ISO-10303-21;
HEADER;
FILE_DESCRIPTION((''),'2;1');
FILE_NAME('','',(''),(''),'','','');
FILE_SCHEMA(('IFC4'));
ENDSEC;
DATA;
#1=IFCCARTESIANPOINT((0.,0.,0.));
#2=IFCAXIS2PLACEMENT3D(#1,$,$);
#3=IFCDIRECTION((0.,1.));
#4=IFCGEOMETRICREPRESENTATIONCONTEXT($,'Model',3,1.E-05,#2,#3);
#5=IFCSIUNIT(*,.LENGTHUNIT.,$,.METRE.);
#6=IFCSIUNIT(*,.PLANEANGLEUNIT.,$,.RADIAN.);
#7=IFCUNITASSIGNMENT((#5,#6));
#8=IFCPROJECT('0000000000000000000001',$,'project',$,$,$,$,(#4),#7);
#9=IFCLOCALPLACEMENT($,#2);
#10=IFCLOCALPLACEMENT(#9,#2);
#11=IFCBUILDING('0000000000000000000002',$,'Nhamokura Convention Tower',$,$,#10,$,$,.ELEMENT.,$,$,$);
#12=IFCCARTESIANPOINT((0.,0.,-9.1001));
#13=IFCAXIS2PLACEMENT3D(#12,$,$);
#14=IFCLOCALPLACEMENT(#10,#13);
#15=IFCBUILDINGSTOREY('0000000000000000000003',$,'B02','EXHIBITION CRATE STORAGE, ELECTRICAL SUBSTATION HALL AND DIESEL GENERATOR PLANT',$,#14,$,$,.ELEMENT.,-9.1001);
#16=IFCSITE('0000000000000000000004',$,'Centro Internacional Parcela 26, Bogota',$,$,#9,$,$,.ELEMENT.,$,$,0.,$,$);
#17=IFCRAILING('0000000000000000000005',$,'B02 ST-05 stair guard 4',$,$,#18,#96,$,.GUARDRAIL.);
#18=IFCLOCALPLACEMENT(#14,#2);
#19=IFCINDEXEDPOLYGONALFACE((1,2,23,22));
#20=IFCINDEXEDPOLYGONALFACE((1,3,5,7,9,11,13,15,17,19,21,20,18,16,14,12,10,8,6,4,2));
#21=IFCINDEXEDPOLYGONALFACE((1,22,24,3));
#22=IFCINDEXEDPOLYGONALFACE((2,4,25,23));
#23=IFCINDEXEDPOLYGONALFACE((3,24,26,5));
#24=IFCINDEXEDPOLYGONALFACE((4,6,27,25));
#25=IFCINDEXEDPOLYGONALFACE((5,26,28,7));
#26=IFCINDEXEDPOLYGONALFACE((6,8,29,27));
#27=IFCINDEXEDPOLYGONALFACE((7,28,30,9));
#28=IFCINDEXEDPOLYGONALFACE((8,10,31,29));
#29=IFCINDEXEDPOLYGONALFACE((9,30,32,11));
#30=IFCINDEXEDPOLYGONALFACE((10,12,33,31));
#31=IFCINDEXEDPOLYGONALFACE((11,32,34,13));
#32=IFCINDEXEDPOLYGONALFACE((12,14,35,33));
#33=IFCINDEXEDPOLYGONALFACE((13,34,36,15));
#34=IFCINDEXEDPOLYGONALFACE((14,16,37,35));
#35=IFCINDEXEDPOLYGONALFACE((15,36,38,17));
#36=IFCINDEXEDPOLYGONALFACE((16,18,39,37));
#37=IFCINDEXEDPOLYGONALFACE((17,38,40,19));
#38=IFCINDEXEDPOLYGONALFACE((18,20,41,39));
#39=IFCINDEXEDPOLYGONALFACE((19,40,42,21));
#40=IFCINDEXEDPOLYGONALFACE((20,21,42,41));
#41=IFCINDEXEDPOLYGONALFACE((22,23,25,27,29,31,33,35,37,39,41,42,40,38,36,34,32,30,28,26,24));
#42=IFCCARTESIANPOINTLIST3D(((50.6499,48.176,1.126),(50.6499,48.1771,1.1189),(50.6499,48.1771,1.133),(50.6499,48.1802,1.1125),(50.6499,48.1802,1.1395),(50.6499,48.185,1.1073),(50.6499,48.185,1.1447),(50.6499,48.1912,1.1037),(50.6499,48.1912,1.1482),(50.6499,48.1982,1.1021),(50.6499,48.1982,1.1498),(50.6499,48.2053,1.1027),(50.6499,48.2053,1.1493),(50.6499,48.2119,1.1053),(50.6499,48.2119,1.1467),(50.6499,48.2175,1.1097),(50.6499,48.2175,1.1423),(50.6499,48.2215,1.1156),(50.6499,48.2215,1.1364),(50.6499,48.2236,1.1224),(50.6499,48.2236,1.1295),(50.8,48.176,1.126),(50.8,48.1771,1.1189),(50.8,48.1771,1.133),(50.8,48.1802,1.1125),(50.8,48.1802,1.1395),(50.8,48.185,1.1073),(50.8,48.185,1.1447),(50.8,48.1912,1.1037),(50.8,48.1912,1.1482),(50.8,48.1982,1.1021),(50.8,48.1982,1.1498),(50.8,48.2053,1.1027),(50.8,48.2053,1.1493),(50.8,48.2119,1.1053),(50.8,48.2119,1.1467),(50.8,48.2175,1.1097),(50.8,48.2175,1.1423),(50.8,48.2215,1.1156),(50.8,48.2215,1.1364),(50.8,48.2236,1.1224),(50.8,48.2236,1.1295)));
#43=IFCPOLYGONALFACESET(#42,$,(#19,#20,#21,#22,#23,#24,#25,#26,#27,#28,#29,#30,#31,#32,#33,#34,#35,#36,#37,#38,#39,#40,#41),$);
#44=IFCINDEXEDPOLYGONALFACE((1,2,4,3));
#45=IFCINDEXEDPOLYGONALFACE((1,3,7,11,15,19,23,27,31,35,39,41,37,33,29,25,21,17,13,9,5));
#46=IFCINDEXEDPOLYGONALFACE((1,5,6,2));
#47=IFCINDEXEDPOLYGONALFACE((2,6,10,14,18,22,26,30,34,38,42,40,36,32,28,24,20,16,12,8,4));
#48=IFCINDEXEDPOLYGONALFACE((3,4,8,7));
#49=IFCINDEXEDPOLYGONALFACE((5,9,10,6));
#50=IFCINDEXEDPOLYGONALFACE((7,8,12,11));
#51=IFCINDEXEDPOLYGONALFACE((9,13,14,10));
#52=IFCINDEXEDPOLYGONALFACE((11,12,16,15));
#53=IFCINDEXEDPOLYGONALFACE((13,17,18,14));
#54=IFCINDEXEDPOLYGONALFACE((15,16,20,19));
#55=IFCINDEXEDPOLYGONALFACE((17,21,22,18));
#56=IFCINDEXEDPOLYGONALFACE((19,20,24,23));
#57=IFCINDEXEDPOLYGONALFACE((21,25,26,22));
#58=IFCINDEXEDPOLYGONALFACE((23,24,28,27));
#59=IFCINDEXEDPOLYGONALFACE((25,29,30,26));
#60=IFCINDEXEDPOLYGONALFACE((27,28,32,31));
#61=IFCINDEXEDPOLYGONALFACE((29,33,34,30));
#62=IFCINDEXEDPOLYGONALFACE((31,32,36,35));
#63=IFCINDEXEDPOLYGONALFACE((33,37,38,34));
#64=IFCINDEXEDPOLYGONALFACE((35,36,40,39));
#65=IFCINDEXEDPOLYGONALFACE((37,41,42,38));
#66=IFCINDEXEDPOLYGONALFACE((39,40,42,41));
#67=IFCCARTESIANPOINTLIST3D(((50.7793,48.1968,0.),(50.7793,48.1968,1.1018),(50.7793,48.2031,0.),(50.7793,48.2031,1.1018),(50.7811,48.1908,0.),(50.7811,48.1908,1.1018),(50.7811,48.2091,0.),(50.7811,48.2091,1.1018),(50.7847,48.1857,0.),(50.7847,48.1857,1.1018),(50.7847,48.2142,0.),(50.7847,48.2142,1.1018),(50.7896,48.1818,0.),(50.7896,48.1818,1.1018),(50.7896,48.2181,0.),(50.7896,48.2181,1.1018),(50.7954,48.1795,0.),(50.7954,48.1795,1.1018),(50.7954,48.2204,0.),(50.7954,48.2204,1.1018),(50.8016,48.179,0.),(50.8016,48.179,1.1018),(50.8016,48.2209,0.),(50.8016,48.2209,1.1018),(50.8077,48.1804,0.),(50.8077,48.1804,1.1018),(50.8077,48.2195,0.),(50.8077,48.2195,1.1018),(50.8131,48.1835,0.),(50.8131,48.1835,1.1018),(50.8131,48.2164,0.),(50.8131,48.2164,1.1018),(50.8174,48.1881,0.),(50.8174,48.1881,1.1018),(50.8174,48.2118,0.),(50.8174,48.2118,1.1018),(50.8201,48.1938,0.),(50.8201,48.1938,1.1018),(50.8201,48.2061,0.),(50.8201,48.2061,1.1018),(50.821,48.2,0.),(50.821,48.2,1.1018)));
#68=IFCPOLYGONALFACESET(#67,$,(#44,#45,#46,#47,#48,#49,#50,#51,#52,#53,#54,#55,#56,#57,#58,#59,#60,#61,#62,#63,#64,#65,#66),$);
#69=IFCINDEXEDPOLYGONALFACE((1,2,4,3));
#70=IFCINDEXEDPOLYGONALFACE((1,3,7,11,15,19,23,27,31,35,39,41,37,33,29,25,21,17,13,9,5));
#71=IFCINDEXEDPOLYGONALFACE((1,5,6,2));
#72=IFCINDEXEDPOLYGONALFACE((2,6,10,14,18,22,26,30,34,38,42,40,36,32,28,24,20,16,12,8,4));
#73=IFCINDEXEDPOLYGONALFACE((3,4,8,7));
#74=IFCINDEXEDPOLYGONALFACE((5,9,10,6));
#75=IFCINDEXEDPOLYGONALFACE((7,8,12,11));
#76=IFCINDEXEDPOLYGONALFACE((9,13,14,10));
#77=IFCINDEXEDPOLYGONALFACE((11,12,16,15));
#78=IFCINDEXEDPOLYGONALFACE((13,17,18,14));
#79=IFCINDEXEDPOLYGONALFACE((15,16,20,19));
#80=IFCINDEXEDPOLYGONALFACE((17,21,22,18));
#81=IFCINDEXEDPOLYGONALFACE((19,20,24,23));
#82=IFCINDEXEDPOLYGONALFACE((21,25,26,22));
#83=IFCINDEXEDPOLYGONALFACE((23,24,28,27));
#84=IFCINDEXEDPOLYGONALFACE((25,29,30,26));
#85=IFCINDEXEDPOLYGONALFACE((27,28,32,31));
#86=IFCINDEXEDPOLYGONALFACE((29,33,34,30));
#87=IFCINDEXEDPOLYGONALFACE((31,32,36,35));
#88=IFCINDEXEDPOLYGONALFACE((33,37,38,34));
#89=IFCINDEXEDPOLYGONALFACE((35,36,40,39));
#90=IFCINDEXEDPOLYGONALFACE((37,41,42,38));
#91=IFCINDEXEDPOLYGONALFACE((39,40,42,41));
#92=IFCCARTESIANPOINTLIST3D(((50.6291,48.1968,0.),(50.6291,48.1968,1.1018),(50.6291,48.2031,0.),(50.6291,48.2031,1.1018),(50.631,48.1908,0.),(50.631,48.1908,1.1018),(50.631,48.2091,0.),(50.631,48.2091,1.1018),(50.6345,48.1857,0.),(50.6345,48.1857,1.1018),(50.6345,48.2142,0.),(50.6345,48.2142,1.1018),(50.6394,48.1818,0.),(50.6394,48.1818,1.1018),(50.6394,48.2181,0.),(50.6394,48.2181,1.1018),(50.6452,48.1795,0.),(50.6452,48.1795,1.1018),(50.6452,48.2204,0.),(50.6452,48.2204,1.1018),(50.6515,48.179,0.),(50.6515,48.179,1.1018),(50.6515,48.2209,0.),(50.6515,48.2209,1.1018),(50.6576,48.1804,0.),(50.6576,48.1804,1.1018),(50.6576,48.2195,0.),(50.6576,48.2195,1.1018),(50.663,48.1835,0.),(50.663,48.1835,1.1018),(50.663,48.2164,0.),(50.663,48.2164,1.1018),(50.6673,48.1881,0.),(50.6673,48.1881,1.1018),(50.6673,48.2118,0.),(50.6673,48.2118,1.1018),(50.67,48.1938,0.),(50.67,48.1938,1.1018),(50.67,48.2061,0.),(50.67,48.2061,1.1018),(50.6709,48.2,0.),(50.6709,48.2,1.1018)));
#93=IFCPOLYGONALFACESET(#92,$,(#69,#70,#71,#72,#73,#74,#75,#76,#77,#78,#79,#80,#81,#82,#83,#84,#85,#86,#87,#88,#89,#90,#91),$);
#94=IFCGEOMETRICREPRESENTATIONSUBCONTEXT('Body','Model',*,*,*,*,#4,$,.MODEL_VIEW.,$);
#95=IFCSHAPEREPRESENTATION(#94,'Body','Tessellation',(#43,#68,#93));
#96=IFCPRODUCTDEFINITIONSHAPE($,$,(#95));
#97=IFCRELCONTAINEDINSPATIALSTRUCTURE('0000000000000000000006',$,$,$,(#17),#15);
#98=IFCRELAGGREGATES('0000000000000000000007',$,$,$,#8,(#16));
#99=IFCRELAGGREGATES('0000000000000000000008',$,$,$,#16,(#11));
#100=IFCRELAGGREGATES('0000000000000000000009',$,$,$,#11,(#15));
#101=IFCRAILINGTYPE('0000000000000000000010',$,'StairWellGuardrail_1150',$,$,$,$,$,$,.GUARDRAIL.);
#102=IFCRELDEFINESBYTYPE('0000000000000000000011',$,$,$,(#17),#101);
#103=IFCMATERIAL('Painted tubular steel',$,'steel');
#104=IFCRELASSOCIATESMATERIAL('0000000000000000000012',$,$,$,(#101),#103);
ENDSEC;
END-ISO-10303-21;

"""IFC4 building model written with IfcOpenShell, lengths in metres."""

from ifc_helpers import new_model, si_unit, direction, frame, origin, origin_2d, place, context, subcontext, project, spatial, circle, extrude, material, type_object, element, save


model = new_model("IFC4")

# Units and contexts
model_context = context("Model", 3, precision=1e-05, world=origin(), true_north=direction((0.0, 1.0)))
body_context = subcontext(model_context, "Body", "Model", "MODEL_VIEW")
ifc_project = project(units=[si_unit("LENGTHUNIT", "METRE"), si_unit("PLANEANGLEUNIT", "RADIAN")], contexts=[model_context])

# Site, building, storey
site_placement = place(None, origin())
site = spatial("IfcSite", under=ifc_project, at=site_placement, Name="Centro Internacional Parcela 26, Bogota", CompositionType="ELEMENT", RefElevation=0.0)
building_placement = place(site_placement, origin())
building = spatial("IfcBuilding", under=site, at=building_placement, Name="Nhamokura Convention Tower", CompositionType="ELEMENT")
storey_placement = place(building_placement, frame((0.0, 0.0, -9.1001)))
storey = spatial("IfcBuildingStorey", under=building, at=storey_placement, Name="B02", Description="EXHIBITION CRATE STORAGE, ELECTRICAL SUBSTATION HALL AND DIESEL GENERATOR PLANT", CompositionType="ELEMENT", Elevation=-9.1001)

# Railing
ifc_material_1 = material(Name="Painted tubular steel", Category="steel")
railing_type_1 = type_object("IfcRailingType", Name="StairWellGuardrail_1150", PredefinedType="GUARDRAIL", material=ifc_material_1)
railing_1_placement = place(storey_placement, frame((50.8, 48.2, 0.0)))
element("IfcRailing", 1, at=railing_1_placement, inside=storey, type_object=railing_type_1, Name="B02 ST-05 stair guard 4", PredefinedType="GUARDRAIL", context=body_context, shape_type="SweptSolid", body=[
    extrude(circle(Radius=0.0239, at=origin_2d()), frame((0.0, 0.0, 1.126), z_axis=(-1.0, 0.0, 0.0), x_axis=(0.0, -1.0, 0.0)), (0.0, 0.0, 1.0), 0.1501),
    extrude(circle(Radius=0.021, at=origin_2d()), origin(), (0.0, 0.0, 1.0), 1.1018),
    extrude(circle(Radius=0.021, at=origin_2d()), frame((-0.1501, 0.0, 0.0)), (0.0, 0.0, 1.0), 1.1018),
])

save(model, "model.ifc")
